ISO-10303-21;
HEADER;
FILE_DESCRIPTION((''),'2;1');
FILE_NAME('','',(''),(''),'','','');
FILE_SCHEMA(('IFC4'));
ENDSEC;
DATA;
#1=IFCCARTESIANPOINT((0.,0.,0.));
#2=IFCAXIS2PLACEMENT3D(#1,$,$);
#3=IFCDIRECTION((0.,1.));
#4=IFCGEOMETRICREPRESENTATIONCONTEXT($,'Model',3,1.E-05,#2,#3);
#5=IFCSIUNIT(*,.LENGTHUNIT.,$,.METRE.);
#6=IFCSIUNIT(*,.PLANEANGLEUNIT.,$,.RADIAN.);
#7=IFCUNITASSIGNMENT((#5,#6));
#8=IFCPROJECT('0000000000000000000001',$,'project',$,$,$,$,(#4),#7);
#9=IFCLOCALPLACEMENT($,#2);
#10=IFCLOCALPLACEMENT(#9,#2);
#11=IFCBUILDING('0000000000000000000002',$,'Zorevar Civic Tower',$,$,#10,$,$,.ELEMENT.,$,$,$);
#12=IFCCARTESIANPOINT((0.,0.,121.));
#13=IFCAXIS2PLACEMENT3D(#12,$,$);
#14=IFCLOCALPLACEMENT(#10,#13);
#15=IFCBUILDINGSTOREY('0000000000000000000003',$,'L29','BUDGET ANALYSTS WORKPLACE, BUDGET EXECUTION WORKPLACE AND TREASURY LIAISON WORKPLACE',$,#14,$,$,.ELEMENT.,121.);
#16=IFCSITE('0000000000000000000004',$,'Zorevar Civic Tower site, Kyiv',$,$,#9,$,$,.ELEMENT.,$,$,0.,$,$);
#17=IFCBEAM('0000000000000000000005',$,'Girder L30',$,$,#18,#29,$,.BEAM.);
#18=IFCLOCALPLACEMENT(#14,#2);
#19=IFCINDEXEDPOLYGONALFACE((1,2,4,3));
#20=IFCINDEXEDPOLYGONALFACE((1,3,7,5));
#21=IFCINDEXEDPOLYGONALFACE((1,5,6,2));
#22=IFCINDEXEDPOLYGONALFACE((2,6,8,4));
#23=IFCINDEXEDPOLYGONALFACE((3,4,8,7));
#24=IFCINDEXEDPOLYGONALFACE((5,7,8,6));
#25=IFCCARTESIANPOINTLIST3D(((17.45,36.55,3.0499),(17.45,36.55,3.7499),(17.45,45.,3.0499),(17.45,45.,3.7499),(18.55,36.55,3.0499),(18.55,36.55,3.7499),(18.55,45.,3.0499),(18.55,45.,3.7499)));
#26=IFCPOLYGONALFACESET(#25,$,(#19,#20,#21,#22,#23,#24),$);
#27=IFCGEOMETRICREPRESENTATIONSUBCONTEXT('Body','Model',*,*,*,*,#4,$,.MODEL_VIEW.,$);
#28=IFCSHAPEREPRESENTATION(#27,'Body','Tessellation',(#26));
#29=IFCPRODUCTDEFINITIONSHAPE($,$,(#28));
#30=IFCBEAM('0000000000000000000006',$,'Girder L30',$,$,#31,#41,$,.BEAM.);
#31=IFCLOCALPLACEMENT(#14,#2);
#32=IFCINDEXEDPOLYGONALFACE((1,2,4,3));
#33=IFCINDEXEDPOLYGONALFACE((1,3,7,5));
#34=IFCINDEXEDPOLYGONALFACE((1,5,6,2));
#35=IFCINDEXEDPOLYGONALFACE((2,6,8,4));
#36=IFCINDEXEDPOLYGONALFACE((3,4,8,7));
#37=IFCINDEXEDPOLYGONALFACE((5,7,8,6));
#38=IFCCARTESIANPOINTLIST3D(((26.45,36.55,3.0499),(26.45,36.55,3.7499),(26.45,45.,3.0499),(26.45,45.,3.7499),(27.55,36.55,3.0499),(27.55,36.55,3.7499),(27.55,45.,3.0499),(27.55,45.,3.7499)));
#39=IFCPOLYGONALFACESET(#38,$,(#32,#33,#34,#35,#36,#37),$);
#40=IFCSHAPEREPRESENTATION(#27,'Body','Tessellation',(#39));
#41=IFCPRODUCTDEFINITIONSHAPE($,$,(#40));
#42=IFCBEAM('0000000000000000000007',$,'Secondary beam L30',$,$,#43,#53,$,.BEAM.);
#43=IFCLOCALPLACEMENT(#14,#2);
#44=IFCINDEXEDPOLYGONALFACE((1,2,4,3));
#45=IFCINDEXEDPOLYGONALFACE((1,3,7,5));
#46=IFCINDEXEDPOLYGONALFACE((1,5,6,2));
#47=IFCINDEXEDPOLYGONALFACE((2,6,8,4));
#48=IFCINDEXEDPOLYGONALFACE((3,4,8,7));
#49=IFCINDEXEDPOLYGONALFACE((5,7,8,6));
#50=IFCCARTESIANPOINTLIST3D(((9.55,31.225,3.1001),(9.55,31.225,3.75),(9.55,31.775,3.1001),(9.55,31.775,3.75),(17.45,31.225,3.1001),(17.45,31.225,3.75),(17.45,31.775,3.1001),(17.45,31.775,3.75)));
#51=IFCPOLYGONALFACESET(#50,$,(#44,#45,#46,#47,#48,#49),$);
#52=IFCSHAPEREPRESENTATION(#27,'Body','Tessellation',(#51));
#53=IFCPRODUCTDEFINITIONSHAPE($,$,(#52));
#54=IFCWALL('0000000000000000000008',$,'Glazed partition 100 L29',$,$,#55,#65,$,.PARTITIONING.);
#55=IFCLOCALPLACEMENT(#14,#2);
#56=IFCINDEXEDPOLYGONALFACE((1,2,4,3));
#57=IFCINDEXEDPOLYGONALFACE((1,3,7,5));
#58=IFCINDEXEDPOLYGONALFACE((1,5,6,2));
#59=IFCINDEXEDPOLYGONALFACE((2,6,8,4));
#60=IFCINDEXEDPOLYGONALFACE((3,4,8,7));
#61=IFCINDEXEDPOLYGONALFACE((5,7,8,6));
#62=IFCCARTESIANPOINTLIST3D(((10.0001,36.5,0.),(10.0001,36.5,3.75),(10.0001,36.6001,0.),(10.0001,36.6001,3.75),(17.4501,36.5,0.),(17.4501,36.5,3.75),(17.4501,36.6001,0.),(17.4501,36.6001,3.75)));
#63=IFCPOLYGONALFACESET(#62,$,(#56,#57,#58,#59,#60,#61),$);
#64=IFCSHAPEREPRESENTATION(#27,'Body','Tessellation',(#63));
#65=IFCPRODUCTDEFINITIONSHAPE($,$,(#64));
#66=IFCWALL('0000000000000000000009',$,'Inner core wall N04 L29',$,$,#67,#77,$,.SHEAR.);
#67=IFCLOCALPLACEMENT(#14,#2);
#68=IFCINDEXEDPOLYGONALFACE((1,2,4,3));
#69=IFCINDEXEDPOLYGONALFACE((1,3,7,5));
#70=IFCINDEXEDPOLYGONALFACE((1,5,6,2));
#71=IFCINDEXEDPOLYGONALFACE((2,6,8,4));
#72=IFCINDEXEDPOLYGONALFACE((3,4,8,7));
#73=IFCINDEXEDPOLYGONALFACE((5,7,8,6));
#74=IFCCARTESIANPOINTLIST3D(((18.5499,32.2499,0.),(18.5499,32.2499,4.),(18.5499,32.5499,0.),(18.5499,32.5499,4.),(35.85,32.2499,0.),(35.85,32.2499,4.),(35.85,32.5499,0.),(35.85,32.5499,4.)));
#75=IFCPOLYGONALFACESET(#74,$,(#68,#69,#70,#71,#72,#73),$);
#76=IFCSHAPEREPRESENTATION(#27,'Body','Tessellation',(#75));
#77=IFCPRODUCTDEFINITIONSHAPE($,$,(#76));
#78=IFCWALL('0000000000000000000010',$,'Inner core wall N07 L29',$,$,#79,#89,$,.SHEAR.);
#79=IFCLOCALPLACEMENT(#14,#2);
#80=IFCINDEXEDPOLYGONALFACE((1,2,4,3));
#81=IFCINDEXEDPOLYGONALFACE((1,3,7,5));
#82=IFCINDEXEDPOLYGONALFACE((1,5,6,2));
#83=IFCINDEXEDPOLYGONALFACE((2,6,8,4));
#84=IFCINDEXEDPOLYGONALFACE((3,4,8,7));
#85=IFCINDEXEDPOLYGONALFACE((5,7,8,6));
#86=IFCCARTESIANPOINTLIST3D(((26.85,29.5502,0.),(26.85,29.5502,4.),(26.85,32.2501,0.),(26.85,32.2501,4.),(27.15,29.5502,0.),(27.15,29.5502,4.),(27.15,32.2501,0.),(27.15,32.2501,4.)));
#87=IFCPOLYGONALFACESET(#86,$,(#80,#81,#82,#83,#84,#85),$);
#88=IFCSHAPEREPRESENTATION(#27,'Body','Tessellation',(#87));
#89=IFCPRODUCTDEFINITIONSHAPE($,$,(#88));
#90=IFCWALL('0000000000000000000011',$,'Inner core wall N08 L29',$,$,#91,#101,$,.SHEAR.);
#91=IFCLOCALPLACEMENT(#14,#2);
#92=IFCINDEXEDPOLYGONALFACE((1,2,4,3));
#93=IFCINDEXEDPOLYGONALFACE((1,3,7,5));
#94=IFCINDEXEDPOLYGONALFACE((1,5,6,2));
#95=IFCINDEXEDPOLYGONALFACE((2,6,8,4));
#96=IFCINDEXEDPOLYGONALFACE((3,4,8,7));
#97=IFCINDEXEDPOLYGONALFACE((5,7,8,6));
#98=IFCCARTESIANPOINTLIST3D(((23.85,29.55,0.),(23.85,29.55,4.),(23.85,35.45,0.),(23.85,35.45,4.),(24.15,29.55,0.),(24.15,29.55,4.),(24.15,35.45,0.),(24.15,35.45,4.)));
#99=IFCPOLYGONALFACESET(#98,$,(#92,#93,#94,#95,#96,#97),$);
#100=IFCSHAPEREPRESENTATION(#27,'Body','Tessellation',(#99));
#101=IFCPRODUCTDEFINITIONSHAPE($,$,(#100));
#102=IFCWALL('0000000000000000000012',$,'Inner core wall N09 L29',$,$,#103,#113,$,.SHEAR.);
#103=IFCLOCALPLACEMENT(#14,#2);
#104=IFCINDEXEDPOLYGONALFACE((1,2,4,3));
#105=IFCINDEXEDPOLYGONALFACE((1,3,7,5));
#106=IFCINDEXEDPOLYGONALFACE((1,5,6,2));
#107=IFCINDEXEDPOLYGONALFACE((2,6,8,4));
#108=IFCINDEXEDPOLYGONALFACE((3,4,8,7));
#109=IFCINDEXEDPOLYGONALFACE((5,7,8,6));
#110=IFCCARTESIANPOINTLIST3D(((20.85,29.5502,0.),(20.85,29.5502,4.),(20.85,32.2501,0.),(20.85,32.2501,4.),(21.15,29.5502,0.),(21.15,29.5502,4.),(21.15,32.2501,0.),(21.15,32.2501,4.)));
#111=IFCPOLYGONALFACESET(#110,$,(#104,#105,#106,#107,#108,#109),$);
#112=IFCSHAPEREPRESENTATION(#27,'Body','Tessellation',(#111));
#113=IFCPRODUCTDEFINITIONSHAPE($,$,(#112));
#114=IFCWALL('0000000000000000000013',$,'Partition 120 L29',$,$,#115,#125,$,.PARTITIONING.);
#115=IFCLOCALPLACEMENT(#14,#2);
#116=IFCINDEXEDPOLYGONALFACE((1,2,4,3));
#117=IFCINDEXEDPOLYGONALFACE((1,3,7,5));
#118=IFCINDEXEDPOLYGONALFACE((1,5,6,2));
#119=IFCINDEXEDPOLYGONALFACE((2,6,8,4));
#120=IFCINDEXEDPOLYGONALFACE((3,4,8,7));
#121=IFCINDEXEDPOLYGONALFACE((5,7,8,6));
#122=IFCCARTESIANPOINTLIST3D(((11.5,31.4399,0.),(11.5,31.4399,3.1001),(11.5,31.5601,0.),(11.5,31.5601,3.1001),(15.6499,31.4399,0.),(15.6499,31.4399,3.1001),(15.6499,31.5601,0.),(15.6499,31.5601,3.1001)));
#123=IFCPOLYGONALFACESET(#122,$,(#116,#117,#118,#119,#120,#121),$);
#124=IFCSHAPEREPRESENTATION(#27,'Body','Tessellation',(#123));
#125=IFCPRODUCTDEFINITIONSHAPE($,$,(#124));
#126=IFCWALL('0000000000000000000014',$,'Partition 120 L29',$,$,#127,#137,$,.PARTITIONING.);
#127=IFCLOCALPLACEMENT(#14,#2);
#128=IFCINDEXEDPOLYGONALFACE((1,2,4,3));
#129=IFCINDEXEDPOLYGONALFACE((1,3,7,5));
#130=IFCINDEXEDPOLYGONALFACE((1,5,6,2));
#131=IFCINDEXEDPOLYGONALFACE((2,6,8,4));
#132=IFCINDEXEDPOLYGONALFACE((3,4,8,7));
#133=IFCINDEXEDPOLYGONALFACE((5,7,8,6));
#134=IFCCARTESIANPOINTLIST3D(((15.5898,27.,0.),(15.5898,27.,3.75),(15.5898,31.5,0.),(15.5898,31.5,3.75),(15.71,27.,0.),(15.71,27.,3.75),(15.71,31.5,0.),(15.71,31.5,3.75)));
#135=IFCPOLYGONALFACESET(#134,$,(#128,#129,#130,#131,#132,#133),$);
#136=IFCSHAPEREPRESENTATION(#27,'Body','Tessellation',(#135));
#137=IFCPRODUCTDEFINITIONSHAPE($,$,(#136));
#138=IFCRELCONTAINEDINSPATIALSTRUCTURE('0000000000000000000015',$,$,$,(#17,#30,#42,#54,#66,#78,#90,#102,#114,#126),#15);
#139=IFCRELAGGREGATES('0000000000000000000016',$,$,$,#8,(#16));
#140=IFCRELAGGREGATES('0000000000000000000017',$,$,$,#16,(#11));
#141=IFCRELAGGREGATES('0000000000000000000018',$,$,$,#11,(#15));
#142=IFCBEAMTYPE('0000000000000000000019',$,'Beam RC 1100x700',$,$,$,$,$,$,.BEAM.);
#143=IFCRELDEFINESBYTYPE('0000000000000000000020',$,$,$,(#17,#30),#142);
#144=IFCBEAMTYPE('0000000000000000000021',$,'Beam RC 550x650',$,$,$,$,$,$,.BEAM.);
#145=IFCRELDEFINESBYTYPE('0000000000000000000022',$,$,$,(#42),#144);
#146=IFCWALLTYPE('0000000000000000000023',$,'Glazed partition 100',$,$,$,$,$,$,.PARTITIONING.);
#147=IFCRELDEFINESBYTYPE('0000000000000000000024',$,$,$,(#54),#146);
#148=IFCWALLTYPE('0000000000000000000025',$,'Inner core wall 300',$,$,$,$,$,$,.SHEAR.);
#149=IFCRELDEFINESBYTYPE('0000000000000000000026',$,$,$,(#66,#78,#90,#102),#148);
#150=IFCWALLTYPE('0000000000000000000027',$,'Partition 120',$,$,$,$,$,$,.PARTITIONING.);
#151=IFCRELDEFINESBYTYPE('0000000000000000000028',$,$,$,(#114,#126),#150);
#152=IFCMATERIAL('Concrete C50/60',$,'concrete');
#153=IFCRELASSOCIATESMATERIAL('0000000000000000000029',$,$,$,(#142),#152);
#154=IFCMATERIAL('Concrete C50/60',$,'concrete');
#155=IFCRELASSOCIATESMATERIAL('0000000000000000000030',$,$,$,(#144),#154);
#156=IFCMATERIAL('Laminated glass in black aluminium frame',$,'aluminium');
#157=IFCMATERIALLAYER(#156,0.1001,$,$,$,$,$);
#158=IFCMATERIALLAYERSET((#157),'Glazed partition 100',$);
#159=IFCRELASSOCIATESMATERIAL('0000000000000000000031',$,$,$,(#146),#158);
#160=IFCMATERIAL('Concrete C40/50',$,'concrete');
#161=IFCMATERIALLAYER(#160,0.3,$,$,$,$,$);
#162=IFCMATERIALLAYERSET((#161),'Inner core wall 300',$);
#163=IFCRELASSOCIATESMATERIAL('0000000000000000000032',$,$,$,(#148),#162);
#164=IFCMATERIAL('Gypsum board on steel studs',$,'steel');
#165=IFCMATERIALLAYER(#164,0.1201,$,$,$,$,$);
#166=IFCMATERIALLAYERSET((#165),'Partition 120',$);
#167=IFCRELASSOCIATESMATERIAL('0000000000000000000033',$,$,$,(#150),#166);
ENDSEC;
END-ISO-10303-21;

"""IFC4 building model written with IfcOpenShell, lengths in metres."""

from ifc_helpers import new_model, si_unit, direction, frame, frame_2d, origin, origin_2d, place, context, subcontext, project, spatial, rectangle, extrude, material, layer, layer_set, material_profile, profile_set, type_object, element, save


model = new_model("IFC4")

# Units and contexts
model_context = context("Model", 3, precision=1e-05, world=origin(), true_north=direction((0.0, 1.0)))
body_context = subcontext(model_context, "Body", "Model", "MODEL_VIEW")
ifc_project = project(units=[si_unit("LENGTHUNIT", "METRE"), si_unit("PLANEANGLEUNIT", "RADIAN")], contexts=[model_context])

# Site, building, storey
site_placement = place(None, origin())
site = spatial("IfcSite", under=ifc_project, at=site_placement, Name="Zorevar Civic Tower site, Kyiv", CompositionType="ELEMENT", RefElevation=0.0)
building_placement = place(site_placement, origin())
building = spatial("IfcBuilding", under=site, at=building_placement, Name="Zorevar Civic Tower", CompositionType="ELEMENT")
storey_placement = place(building_placement, frame((0.0, 0.0, 121.0)))
storey = spatial("IfcBuildingStorey", under=building, at=storey_placement, Name="L29", Description="BUDGET ANALYSTS WORKPLACE, BUDGET EXECUTION WORKPLACE AND TREASURY LIAISON WORKPLACE", CompositionType="ELEMENT", Elevation=121.0)

# Beams
ifc_material_1 = material(Name="Concrete C50/60", Category="concrete")
ifc_material_profile_1 = material_profile(ifc_material_1, rectangle(XDim=1.1001, YDim=0.7, at=origin_2d()), Name="RC 1100x700")
ifc_profile_set_1 = profile_set([ifc_material_profile_1], Name="Concrete C50/60")
beam_type_1 = type_object("IfcBeamType", Name="Beam RC 1100x700", PredefinedType="BEAM", material=ifc_profile_set_1)
for number, where, z_axis, x_axis, name in (
    (1, (18.0, 36.55, 3.3999), (0.0, 1.0, 0.0), (-1.0, 0.0, 0.0), "Girder L30"),
    (2, (27.0, 36.55, 3.3999), (0.0, 1.0, 0.0), (-1.0, 0.0, 0.0), "Girder L30"),
):
    element("IfcBeam", number, at=place(storey_placement, frame(where, z_axis=z_axis, x_axis=x_axis)), inside=storey, type_object=beam_type_1, Name=name, PredefinedType="BEAM", context=body_context, shape_type="SweptSolid", body=[
        extrude(rectangle(XDim=1.1001, YDim=0.7, at=origin_2d()), origin(), (0.0, 0.0, 1.0), 8.45),
    ])
ifc_material_2 = material(Name="Concrete C50/60", Category="concrete")
ifc_material_profile_2 = material_profile(ifc_material_2, rectangle(XDim=0.55, YDim=0.6499, at=origin_2d()), Name="RC 550x650")
ifc_profile_set_2 = profile_set([ifc_material_profile_2], Name="Concrete C50/60")
beam_type_2 = type_object("IfcBeamType", Name="Beam RC 550x650", PredefinedType="BEAM", material=ifc_profile_set_2)
beam_placement = place(storey_placement, frame((9.55, 31.5, 3.425), z_axis=(1.0, 0.0, 0.0), x_axis=(0.0, 1.0, 0.0)))
element("IfcBeam", 3, at=beam_placement, inside=storey, type_object=beam_type_2, Name="Secondary beam L30", PredefinedType="BEAM", context=body_context, shape_type="SweptSolid", body=[
    extrude(rectangle(XDim=0.55, YDim=0.6499, at=origin_2d()), origin(), (0.0, 0.0, 1.0), 7.8999),
])

# Wall
ifc_material_3 = material(Name="Laminated glass in black aluminium frame", Category="aluminium")
ifc_layer_1 = layer(ifc_material_3, 0.1001)
ifc_layer_set_1 = layer_set([ifc_layer_1], Name="Glazed partition 100")
wall_type_1 = type_object("IfcWallType", Name="Glazed partition 100", PredefinedType="PARTITIONING", material=ifc_layer_set_1)
wall_1_placement = place(storey_placement, frame((10.0, 36.55, 0.0), z_axis=(0.0, 0.0, 1.0), x_axis=(1.0, 0.0, 0.0)))
element("IfcWall", 4, at=wall_1_placement, inside=storey, type_object=wall_type_1, Name="Glazed partition 100 L29", PredefinedType="PARTITIONING", context=body_context, shape_type="SweptSolid", body=[
    extrude(rectangle(XDim=7.45, YDim=0.1001, at=frame_2d((3.7251, 0.0))), origin(), (0.0, 0.0, 1.0), 3.75),
])

# Shared definitions
ifc_material_4 = material(Name="Concrete C40/50", Category="concrete")
ifc_layer_2 = layer(ifc_material_4, 0.3)
ifc_layer_set_2 = layer_set([ifc_layer_2], Name="Inner core wall 300")
wall_type_2 = type_object("IfcWallType", Name="Inner core wall 300", PredefinedType="SHEAR", material=ifc_layer_set_2)

# Walls
wall_2_placement = place(storey_placement, frame((18.55, 32.3999, 0.0), z_axis=(0.0, 0.0, 1.0), x_axis=(1.0, 0.0, 0.0)))
element("IfcWall", 5, at=wall_2_placement, inside=storey, type_object=wall_type_2, Name="Inner core wall N04 L29", PredefinedType="SHEAR", context=body_context, shape_type="SweptSolid", body=[
    extrude(rectangle(XDim=17.3, YDim=0.3, at=frame_2d((8.6499, 0.0))), origin(), (0.0, 0.0, 1.0), 4.0),
])
wall_3_placement = place(storey_placement, frame((27.0, 29.55, 0.0), z_axis=(0.0, 0.0, 1.0), x_axis=(0.0, 1.0, 0.0)))
element("IfcWall", 6, at=wall_3_placement, inside=storey, type_object=wall_type_2, Name="Inner core wall N07 L29", PredefinedType="SHEAR", context=body_context, shape_type="SweptSolid", body=[
    extrude(rectangle(XDim=2.7, YDim=0.3, at=frame_2d((1.3501, 0.0))), origin(), (0.0, 0.0, 1.0), 4.0),
])
wall_4_placement = place(storey_placement, frame((24.0, 29.55, 0.0), z_axis=(0.0, 0.0, 1.0), x_axis=(0.0, 1.0, 0.0)))
element("IfcWall", 7, at=wall_4_placement, inside=storey, type_object=wall_type_2, Name="Inner core wall N08 L29", PredefinedType="SHEAR", context=body_context, shape_type="SweptSolid", body=[
    extrude(rectangle(XDim=5.8999, YDim=0.3, at=frame_2d((2.95, 0.0))), origin(), (0.0, 0.0, 1.0), 4.0),
])
wall_5_placement = place(storey_placement, frame((21.0, 29.55, 0.0), z_axis=(0.0, 0.0, 1.0), x_axis=(0.0, 1.0, 0.0)))
element("IfcWall", 8, at=wall_5_placement, inside=storey, type_object=wall_type_2, Name="Inner core wall N09 L29", PredefinedType="SHEAR", context=body_context, shape_type="SweptSolid", body=[
    extrude(rectangle(XDim=2.7, YDim=0.3, at=frame_2d((1.3501, 0.0))), origin(), (0.0, 0.0, 1.0), 4.0),
])
ifc_material_5 = material(Name="Gypsum board on steel studs", Category="steel")
ifc_layer_3 = layer(ifc_material_5, 0.1201)
ifc_layer_set_3 = layer_set([ifc_layer_3], Name="Partition 120")
wall_type_3 = type_object("IfcWallType", Name="Partition 120", PredefinedType="PARTITIONING", material=ifc_layer_set_3)
wall_6_placement = place(storey_placement, frame((11.5, 31.5, 0.0), z_axis=(0.0, 0.0, 1.0), x_axis=(1.0, 0.0, 0.0)))
element("IfcWall", 9, at=wall_6_placement, inside=storey, type_object=wall_type_3, Name="Partition 120 L29", PredefinedType="PARTITIONING", context=body_context, shape_type="SweptSolid", body=[
    extrude(rectangle(XDim=4.1499, YDim=0.1201, at=frame_2d((2.075, 0.0))), origin(), (0.0, 0.0, 1.0), 3.1001),
])
wall_7_placement = place(storey_placement, frame((15.6499, 27.0, 0.0), z_axis=(0.0, 0.0, 1.0), x_axis=(0.0, 1.0, 0.0)))
element("IfcWall", 10, at=wall_7_placement, inside=storey, type_object=wall_type_3, Name="Partition 120 L29", PredefinedType="PARTITIONING", context=body_context, shape_type="SweptSolid", body=[
    extrude(rectangle(XDim=4.5, YDim=0.1201, at=frame_2d((2.25, 0.0))), origin(), (0.0, 0.0, 1.0), 3.75),
])

save(model, "model.ifc")
